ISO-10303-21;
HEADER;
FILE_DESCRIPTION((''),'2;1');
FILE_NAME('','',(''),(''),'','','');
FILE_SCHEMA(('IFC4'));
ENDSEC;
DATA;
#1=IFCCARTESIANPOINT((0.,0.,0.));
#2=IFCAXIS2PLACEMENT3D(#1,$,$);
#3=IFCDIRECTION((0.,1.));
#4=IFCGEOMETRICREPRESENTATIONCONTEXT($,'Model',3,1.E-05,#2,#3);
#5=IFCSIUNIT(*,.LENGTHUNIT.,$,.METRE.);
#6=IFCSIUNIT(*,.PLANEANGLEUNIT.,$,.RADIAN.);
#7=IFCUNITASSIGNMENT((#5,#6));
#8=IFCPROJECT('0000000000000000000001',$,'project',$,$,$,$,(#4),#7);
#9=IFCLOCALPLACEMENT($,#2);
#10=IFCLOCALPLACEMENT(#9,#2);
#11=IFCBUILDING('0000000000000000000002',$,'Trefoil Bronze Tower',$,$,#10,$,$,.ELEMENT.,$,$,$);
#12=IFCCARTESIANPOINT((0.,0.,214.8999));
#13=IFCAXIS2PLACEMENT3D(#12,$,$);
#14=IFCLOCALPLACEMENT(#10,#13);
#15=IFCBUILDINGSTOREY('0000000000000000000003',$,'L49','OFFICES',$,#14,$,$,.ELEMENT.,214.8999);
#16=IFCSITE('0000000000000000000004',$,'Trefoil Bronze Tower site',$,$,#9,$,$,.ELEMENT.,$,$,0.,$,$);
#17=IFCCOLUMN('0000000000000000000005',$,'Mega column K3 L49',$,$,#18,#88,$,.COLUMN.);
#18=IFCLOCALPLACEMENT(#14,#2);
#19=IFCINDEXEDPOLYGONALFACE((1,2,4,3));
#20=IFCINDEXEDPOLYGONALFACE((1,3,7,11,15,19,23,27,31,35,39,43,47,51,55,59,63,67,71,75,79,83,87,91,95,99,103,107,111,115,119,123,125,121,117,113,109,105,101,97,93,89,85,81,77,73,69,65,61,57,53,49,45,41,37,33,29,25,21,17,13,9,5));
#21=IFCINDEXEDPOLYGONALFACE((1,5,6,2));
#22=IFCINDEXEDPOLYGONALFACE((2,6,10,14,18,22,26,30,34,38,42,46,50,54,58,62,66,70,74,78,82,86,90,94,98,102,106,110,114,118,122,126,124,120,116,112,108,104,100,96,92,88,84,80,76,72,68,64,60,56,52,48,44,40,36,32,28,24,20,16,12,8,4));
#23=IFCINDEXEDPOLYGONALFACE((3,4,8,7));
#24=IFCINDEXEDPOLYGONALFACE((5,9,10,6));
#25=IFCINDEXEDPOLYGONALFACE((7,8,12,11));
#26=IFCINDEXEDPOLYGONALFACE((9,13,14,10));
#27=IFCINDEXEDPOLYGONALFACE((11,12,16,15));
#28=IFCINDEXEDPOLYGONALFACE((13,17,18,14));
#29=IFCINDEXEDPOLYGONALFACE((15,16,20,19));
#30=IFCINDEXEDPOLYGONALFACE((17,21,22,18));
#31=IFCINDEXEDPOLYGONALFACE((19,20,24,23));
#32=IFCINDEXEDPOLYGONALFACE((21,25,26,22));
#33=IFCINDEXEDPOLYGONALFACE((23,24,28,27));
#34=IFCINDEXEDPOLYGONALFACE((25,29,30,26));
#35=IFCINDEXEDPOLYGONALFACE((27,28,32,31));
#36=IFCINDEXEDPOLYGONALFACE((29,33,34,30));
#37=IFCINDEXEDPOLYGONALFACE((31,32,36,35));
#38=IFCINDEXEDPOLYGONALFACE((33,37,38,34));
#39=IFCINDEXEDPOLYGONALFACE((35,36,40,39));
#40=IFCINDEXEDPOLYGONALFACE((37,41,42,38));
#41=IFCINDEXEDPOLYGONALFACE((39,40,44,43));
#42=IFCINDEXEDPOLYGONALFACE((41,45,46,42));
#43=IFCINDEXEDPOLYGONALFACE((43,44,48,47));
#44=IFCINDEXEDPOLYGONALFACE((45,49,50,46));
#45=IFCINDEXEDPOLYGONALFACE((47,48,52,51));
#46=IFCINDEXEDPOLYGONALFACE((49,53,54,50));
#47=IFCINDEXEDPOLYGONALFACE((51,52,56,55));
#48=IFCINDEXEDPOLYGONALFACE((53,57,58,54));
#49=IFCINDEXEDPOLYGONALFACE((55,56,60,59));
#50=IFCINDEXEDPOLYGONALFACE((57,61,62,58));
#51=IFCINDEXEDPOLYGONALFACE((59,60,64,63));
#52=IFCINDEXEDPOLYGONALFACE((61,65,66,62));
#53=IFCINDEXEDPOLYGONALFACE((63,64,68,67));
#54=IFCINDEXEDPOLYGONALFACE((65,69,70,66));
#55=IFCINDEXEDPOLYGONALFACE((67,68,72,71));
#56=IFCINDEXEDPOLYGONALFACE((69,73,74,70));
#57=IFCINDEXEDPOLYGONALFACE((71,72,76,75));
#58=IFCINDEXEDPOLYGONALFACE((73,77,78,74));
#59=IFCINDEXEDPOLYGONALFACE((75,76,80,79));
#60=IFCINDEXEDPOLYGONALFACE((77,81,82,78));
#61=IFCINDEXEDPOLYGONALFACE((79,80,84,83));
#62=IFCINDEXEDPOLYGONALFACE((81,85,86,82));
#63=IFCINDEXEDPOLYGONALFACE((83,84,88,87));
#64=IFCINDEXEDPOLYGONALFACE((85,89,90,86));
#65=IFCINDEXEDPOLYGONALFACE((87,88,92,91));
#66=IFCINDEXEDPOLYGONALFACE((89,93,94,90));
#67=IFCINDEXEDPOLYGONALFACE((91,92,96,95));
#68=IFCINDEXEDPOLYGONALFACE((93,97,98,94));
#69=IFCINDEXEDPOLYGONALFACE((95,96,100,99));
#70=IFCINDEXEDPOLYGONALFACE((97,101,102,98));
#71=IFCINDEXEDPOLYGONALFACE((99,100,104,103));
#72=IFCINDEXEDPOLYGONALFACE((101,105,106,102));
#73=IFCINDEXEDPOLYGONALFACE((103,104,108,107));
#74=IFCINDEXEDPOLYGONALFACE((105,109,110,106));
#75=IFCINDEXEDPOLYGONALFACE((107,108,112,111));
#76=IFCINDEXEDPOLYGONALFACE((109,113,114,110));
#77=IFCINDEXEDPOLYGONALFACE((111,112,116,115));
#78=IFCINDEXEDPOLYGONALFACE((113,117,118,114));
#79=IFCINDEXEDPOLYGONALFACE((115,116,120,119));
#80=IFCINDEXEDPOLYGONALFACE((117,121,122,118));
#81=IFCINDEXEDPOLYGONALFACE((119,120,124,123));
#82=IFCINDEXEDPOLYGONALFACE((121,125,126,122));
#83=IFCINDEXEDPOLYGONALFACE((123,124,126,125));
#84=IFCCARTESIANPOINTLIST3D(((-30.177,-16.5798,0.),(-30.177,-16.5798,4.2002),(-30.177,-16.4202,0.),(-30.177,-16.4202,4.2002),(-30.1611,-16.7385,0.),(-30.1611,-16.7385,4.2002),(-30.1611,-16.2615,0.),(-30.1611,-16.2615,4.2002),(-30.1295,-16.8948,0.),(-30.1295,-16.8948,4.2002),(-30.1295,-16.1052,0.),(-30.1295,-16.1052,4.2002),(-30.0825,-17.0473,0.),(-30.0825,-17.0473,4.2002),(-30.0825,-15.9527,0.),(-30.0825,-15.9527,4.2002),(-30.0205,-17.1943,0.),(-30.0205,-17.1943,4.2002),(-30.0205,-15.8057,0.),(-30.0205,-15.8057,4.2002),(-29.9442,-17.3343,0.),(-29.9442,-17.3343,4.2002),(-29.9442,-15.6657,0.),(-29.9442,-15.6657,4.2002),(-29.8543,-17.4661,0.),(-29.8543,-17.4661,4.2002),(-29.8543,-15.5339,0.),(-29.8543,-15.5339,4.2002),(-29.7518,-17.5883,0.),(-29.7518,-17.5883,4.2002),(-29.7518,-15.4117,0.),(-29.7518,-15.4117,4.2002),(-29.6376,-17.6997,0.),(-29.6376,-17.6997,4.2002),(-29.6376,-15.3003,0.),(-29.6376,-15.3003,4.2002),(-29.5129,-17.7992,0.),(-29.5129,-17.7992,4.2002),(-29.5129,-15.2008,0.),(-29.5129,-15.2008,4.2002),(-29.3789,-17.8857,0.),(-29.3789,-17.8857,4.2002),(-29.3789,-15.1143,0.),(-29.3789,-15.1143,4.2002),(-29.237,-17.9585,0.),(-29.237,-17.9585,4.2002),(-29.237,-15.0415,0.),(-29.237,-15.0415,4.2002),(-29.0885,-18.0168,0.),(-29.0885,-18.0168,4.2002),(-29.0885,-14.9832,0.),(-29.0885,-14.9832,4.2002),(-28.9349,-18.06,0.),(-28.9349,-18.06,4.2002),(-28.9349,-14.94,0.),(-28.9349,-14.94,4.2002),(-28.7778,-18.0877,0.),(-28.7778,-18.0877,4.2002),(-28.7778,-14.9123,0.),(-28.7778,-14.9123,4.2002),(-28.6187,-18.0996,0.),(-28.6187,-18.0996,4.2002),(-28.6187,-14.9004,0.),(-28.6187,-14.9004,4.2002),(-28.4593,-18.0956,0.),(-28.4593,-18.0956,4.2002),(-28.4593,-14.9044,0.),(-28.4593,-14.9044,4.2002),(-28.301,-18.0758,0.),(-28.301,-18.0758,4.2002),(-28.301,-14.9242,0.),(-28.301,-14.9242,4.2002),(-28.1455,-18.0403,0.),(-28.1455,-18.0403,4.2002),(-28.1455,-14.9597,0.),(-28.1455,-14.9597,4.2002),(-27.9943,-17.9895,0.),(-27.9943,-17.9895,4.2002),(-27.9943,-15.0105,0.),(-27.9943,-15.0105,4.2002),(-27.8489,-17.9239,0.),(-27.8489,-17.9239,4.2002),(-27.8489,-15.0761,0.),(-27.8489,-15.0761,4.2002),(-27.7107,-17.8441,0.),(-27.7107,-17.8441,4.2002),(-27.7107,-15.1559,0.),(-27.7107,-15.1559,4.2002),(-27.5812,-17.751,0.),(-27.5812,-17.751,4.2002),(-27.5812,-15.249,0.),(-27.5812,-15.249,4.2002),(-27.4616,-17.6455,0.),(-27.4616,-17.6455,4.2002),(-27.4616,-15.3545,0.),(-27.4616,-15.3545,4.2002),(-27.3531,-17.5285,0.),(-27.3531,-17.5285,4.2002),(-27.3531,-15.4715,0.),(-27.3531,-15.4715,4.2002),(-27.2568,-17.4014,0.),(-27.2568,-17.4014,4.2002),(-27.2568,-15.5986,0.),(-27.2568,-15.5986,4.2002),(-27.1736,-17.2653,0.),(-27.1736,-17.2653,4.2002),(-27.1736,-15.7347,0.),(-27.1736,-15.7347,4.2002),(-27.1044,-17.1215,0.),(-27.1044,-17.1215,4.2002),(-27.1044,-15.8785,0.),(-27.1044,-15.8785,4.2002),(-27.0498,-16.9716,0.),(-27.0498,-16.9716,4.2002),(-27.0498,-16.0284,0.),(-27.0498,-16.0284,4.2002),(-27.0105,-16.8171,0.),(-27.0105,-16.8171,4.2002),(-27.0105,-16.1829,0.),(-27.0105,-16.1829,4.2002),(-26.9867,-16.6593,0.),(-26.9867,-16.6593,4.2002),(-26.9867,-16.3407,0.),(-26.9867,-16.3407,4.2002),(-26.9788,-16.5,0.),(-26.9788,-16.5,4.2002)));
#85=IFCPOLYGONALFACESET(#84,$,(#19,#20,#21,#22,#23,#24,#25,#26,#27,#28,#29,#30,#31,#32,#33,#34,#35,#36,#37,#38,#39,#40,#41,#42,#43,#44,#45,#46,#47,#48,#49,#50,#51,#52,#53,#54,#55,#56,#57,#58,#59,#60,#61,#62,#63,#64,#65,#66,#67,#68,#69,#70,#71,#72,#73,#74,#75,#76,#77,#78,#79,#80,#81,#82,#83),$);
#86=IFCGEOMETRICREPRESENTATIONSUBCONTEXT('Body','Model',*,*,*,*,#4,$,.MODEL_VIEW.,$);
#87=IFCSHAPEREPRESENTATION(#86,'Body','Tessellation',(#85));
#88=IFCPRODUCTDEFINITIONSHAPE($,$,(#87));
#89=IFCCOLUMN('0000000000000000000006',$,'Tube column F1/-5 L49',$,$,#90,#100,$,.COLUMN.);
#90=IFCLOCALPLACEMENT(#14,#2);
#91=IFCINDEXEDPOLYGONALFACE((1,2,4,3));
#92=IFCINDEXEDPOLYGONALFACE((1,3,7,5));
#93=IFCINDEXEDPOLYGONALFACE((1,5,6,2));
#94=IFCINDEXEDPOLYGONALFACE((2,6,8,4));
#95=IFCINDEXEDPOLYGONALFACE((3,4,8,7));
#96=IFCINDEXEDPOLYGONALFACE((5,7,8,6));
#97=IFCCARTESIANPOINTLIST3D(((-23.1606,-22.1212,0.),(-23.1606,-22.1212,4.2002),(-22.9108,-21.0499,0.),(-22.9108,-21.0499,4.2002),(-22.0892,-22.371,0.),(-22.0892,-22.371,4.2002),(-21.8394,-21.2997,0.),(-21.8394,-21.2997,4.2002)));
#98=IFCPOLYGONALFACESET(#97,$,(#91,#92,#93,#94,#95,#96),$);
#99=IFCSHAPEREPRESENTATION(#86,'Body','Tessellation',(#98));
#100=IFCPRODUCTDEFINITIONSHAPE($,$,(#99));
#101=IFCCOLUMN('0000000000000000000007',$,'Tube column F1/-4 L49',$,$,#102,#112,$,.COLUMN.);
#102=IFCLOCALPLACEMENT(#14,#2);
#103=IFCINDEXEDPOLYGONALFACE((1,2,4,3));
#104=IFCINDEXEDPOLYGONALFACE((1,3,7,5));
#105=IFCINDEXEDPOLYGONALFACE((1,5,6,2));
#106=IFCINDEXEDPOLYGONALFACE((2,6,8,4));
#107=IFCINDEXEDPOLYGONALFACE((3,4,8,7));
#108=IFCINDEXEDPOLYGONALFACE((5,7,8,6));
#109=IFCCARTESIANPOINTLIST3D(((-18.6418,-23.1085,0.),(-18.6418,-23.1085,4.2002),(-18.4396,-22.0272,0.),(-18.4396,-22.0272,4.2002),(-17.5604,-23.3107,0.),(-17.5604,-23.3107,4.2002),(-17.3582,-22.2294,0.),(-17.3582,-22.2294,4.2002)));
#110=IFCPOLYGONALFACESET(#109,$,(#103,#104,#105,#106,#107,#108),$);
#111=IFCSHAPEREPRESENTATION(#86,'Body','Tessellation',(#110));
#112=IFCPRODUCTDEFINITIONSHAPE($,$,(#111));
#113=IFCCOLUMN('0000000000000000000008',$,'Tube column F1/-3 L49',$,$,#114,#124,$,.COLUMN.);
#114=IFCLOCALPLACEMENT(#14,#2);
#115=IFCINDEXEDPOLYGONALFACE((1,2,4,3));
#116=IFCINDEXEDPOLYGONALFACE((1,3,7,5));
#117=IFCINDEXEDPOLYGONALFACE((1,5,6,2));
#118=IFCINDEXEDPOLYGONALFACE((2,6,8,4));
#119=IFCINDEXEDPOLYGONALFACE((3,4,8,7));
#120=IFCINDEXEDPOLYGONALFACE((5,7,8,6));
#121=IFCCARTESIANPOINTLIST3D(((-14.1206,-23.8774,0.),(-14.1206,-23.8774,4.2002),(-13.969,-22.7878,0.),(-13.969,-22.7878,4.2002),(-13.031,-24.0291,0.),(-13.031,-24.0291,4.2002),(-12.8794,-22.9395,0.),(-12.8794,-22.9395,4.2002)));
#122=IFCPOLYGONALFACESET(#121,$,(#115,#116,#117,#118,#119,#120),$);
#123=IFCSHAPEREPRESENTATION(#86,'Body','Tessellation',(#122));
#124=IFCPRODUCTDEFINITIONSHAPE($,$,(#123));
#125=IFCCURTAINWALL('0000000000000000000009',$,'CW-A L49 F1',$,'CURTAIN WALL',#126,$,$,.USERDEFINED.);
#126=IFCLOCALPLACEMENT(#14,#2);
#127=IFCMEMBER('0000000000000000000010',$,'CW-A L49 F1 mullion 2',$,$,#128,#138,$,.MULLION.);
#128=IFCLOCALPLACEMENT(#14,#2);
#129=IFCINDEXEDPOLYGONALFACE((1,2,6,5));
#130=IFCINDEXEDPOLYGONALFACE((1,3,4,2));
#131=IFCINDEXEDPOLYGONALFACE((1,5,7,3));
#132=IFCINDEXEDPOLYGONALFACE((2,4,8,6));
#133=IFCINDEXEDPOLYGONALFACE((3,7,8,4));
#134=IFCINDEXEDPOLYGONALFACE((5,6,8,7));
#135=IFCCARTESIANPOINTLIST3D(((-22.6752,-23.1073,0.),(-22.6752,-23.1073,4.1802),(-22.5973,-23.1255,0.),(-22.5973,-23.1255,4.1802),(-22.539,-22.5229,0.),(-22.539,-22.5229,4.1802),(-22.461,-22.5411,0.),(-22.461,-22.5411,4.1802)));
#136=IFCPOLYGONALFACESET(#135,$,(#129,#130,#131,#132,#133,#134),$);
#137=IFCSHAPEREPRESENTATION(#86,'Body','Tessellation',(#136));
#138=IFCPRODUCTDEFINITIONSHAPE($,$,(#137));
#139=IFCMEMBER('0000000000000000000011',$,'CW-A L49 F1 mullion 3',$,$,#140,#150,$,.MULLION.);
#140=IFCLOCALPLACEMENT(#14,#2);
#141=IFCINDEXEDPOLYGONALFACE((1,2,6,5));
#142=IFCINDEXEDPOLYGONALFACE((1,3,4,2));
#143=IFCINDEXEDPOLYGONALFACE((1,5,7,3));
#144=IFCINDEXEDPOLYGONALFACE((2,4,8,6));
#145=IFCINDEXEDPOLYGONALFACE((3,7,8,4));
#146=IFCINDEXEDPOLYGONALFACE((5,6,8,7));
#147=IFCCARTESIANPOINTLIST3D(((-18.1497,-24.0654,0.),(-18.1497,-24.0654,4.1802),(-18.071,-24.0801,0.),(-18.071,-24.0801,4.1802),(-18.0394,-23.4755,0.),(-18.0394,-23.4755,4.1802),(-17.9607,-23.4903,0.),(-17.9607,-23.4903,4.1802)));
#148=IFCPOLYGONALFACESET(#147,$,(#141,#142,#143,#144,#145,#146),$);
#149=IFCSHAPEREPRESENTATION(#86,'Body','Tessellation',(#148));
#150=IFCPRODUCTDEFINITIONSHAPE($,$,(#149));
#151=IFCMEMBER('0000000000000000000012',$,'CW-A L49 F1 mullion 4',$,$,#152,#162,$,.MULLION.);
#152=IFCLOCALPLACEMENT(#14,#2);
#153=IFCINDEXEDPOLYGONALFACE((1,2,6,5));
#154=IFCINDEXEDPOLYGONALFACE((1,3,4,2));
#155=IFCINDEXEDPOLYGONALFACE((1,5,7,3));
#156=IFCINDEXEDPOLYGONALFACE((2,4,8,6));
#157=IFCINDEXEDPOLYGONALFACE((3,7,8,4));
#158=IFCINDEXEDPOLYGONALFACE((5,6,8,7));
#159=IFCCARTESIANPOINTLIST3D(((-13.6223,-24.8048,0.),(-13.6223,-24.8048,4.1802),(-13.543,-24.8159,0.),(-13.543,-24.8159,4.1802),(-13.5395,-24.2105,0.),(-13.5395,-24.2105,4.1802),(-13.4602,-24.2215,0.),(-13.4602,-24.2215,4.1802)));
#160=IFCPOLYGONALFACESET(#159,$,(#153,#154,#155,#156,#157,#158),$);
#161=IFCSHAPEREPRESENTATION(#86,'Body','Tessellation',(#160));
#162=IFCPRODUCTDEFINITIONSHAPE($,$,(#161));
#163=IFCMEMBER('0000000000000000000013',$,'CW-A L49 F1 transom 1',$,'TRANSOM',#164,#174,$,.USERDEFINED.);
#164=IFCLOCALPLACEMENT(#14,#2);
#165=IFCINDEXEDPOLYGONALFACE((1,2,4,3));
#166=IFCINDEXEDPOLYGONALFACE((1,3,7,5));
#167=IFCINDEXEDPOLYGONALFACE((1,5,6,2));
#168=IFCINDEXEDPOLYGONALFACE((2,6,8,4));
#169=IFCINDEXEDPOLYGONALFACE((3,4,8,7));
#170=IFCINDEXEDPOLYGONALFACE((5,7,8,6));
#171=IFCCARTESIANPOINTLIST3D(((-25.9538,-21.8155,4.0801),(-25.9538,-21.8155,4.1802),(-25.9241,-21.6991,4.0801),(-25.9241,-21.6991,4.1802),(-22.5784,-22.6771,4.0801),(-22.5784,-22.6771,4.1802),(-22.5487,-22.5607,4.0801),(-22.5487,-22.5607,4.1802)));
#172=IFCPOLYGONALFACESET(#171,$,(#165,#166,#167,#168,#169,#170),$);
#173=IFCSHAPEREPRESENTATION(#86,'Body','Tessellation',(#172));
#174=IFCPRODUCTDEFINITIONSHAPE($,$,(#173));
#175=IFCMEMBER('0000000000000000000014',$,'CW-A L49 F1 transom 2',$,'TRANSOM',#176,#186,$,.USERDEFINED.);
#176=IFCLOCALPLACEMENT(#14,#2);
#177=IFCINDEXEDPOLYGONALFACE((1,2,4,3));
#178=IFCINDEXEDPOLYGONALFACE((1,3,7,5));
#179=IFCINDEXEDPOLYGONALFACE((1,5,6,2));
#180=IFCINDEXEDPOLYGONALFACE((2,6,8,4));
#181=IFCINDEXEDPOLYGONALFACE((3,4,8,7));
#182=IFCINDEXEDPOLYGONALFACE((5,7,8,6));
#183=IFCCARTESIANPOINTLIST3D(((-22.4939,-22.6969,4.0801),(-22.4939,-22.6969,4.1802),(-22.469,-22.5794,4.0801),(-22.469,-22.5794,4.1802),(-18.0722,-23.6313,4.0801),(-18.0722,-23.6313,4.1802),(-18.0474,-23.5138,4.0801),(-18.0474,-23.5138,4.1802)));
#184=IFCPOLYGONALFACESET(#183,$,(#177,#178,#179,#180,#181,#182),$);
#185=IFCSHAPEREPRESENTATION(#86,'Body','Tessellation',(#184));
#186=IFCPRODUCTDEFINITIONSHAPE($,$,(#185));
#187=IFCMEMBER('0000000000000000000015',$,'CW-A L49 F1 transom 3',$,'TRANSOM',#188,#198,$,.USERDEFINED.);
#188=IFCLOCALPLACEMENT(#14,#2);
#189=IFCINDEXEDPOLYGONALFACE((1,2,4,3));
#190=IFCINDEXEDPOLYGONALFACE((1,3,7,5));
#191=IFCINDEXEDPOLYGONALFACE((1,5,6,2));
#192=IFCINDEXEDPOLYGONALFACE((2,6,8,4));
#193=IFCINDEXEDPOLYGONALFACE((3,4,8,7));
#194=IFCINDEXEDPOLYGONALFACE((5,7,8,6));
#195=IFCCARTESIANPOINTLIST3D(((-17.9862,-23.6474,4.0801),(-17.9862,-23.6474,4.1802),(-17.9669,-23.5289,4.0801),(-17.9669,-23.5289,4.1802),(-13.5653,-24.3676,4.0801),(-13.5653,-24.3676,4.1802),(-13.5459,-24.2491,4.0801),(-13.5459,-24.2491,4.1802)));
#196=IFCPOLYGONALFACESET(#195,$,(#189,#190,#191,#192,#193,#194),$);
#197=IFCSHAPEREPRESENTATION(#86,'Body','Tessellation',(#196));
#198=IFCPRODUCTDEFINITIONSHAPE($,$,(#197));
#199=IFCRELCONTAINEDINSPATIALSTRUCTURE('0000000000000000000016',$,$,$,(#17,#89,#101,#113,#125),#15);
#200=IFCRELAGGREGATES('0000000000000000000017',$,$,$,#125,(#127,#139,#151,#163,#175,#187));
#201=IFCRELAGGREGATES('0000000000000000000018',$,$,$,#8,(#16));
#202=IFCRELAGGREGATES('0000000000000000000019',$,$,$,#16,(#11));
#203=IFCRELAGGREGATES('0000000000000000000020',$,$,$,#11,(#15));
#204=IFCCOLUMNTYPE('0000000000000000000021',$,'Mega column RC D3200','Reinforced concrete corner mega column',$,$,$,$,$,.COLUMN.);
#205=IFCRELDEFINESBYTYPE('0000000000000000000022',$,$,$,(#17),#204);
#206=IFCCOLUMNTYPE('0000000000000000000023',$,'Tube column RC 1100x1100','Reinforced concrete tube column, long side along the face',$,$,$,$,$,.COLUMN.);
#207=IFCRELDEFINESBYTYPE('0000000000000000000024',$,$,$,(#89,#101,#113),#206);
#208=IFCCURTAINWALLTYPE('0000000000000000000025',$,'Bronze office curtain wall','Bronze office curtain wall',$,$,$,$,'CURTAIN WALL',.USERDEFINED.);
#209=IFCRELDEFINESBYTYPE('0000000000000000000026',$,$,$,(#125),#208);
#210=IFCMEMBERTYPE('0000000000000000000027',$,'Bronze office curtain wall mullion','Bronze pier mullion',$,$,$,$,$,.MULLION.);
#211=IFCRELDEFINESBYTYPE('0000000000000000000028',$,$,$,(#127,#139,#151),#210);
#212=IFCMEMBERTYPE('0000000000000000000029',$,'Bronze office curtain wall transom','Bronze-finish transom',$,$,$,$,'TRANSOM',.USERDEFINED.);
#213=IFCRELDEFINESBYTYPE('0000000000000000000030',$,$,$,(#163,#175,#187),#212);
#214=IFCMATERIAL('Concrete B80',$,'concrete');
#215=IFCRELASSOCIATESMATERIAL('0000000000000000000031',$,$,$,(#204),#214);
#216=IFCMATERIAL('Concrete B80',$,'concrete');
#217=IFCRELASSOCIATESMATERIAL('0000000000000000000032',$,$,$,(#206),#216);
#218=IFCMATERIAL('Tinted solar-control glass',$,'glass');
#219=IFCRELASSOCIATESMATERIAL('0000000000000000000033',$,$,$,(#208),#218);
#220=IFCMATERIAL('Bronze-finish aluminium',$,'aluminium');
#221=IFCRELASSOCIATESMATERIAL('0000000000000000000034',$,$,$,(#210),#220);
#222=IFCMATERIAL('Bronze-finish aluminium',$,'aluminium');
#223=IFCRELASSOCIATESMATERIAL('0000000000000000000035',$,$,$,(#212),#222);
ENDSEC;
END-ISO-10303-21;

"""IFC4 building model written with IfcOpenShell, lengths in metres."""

from ifc_helpers import new_model, si_unit, direction, frame, origin, origin_2d, place, context, subcontext, project, spatial, rectangle, circle, extrude, material, material_profile, profile_set, type_object, element, aggregate, save


model = new_model("IFC4")

# Units and contexts
model_context = context("Model", 3, precision=1e-05, world=origin(), true_north=direction((0.0, 1.0)))
body_context = subcontext(model_context, "Body", "Model", "MODEL_VIEW")
ifc_project = project(units=[si_unit("LENGTHUNIT", "METRE"), si_unit("PLANEANGLEUNIT", "RADIAN")], contexts=[model_context])

# Site, building, storey
site_placement = place(None, origin())
site = spatial("IfcSite", under=ifc_project, at=site_placement, Name="Trefoil Bronze Tower site", CompositionType="ELEMENT", RefElevation=0.0)
building_placement = place(site_placement, origin())
building = spatial("IfcBuilding", under=site, at=building_placement, Name="Trefoil Bronze Tower", CompositionType="ELEMENT")
storey_placement = place(building_placement, frame((0.0, 0.0, 214.8999)))
storey = spatial("IfcBuildingStorey", under=building, at=storey_placement, Name="L49", Description="OFFICES", CompositionType="ELEMENT", Elevation=214.8999)

# Columns
ifc_material_1 = material(Name="Concrete B80", Category="concrete")
ifc_material_profile_1 = material_profile(ifc_material_1, circle(Radius=1.6001, at=origin_2d()), Name="RC D3200")
ifc_profile_set_1 = profile_set([ifc_material_profile_1], Name="Concrete B80")
column_type_1 = type_object("IfcColumnType", Name="Mega column RC D3200", Description="Reinforced concrete corner mega column", PredefinedType="COLUMN", material=ifc_profile_set_1)
column_placement = place(storey_placement, frame((-28.5789, -16.5, 0.0), z_axis=(0.0, 0.0, 1.0), x_axis=(1.0, 0.0, 0.0)))
element("IfcColumn", 1, at=column_placement, inside=storey, type_object=column_type_1, Name="Mega column K3 L49", PredefinedType="COLUMN", context=body_context, shape_type="SweptSolid", body=[
    extrude(circle(Radius=1.6001, at=origin_2d()), origin(), (0.0, 0.0, 1.0), 4.2002),
])
ifc_material_2 = material(Name="Concrete B80", Category="concrete")
ifc_material_profile_2 = material_profile(ifc_material_2, rectangle(XDim=1.1001, YDim=1.1001, at=origin_2d()), Name="RC 1100x1100")
ifc_profile_set_2 = profile_set([ifc_material_profile_2], Name="Concrete B80")
column_type_2 = type_object("IfcColumnType", Name="Tube column RC 1100x1100", Description="Reinforced concrete tube column, long side along the face", PredefinedType="COLUMN", material=ifc_profile_set_2)
for number, where, z_axis, x_axis, name in (
    (2, (-22.5, -21.7104, 0.0), (0.0, 0.0, 1.0), (0.973875, -0.227083, 0.0), "Tube column F1/-5 L49"),
    (3, (-18.0, -22.6689, 0.0), (0.0, 0.0, 1.0), (0.982959, -0.183825, 0.0), "Tube column F1/-4 L49"),
    (4, (-13.5, -23.4084, 0.0), (0.0, 0.0, 1.0), (0.990451, -0.137868, 0.0), "Tube column F1/-3 L49"),
):
    element("IfcColumn", number, at=place(storey_placement, frame(where, z_axis=z_axis, x_axis=x_axis)), inside=storey, type_object=column_type_2, Name=name, PredefinedType="COLUMN", context=body_context, shape_type="SweptSolid", body=[
        extrude(rectangle(XDim=1.1001, YDim=1.1001, at=origin_2d()), origin(), (0.0, 0.0, 1.0), 4.2002),
    ])

# Curtain wall, members
ifc_material_3 = material(Name="Tinted solar-control glass", Category="glass")
curtain_wall_type_1 = type_object("IfcCurtainWallType", Name="Bronze office curtain wall", Description="Bronze office curtain wall", ElementType="CURTAIN WALL", PredefinedType="USERDEFINED", material=ifc_material_3)
curtain_wall_1_placement = place(storey_placement, origin())
curtain_wall_1 = element("IfcCurtainWall", 5, at=curtain_wall_1_placement, inside=storey, type_object=curtain_wall_type_1, Name="CW-A L49 F1", ObjectType="CURTAIN WALL", PredefinedType="USERDEFINED")
ifc_material_4 = material(Name="Bronze-finish aluminium", Category="aluminium")
ifc_material_profile_3 = material_profile(ifc_material_4, rectangle(XDim=0.6001, YDim=0.0801, at=origin_2d()), Name="CW-A mullion")
ifc_profile_set_3 = profile_set([ifc_material_profile_3], Name="Bronze-finish aluminium")
member_type_1 = type_object("IfcMemberType", Name="Bronze office curtain wall mullion", Description="Bronze pier mullion", PredefinedType="MULLION", material=ifc_profile_set_3)
member_1_placement = place(storey_placement, frame((-22.5681, -22.8242, 0.0), z_axis=(0.0, 0.0, 1.0), x_axis=(0.227083, 0.973875, 0.0)))
member_1 = element("IfcMember", 6, at=member_1_placement, type_object=member_type_1, Name="CW-A L49 F1 mullion 2", PredefinedType="MULLION", context=body_context, shape_type="SweptSolid", body=[
    extrude(rectangle(XDim=0.6001, YDim=0.0801, at=origin_2d()), origin(), (0.0, 0.0, 1.0), 4.1802),
])
member_2_placement = place(storey_placement, frame((-18.0552, -23.7778, 0.0), z_axis=(0.0, 0.0, 1.0), x_axis=(0.183825, 0.982959, 0.0)))
member_2 = element("IfcMember", 7, at=member_2_placement, type_object=member_type_1, Name="CW-A L49 F1 mullion 3", PredefinedType="MULLION", context=body_context, shape_type="SweptSolid", body=[
    extrude(rectangle(XDim=0.6001, YDim=0.0801, at=origin_2d()), origin(), (0.0, 0.0, 1.0), 4.1802),
])
member_3_placement = place(storey_placement, frame((-13.5413, -24.5132, 0.0), z_axis=(0.0, 0.0, 1.0), x_axis=(0.137868, 0.990451, 0.0)))
member_3 = element("IfcMember", 8, at=member_3_placement, type_object=member_type_1, Name="CW-A L49 F1 mullion 4", PredefinedType="MULLION", context=body_context, shape_type="SweptSolid", body=[
    extrude(rectangle(XDim=0.6001, YDim=0.0801, at=origin_2d()), origin(), (0.0, 0.0, 1.0), 4.1802),
])
ifc_material_5 = material(Name="Bronze-finish aluminium", Category="aluminium")
ifc_material_profile_4 = material_profile(ifc_material_5, rectangle(XDim=0.1201, YDim=0.1001, at=origin_2d()), Name="CW-A transom")
ifc_profile_set_4 = profile_set([ifc_material_profile_4], Name="Bronze-finish aluminium")
member_type_2 = type_object("IfcMemberType", Name="Bronze office curtain wall transom", Description="Bronze-finish transom", ElementType="TRANSOM", PredefinedType="USERDEFINED", material=ifc_profile_set_4)
member_4_placement = place(storey_placement, frame((-25.939, -21.7573, 4.1301), z_axis=(0.968935, -0.247315, 0.0), x_axis=(0.247315, 0.968935, 0.0)))
member_4 = element("IfcMember", 9, at=member_4_placement, type_object=member_type_2, Name="CW-A L49 F1 transom 1", ObjectType="TRANSOM", PredefinedType="USERDEFINED", context=body_context, shape_type="SweptSolid", body=[
    extrude(rectangle(XDim=0.1201, YDim=0.1001, at=origin_2d()), origin(), (0.0, 0.0, 1.0), 3.4836),
])
member_5_placement = place(storey_placement, frame((-22.4814, -22.6382, 4.1301), z_axis=(0.978395, -0.206743, 0.0), x_axis=(0.206743, 0.978395, 0.0)))
member_5 = element("IfcMember", 10, at=member_5_placement, type_object=member_type_2, Name="CW-A L49 F1 transom 2", ObjectType="TRANSOM", PredefinedType="USERDEFINED", context=body_context, shape_type="SweptSolid", body=[
    extrude(rectangle(XDim=0.1201, YDim=0.1001, at=origin_2d()), origin(), (0.0, 0.0, 1.0), 4.5193),
])
member_6_placement = place(storey_placement, frame((-17.9766, -23.5881, 4.1301), z_axis=(0.986988, -0.160792, 0.0), x_axis=(0.160792, 0.986988, 0.0)))
member_6 = element("IfcMember", 11, at=member_6_placement, type_object=member_type_2, Name="CW-A L49 F1 transom 3", ObjectType="TRANSOM", PredefinedType="USERDEFINED", context=body_context, shape_type="SweptSolid", body=[
    extrude(rectangle(XDim=0.1201, YDim=0.1001, at=origin_2d()), origin(), (0.0, 0.0, 1.0), 4.4792),
])

aggregate(curtain_wall_1, [member_1, member_2, member_3, member_4, member_5, member_6])

save(model, "model.ifc")
